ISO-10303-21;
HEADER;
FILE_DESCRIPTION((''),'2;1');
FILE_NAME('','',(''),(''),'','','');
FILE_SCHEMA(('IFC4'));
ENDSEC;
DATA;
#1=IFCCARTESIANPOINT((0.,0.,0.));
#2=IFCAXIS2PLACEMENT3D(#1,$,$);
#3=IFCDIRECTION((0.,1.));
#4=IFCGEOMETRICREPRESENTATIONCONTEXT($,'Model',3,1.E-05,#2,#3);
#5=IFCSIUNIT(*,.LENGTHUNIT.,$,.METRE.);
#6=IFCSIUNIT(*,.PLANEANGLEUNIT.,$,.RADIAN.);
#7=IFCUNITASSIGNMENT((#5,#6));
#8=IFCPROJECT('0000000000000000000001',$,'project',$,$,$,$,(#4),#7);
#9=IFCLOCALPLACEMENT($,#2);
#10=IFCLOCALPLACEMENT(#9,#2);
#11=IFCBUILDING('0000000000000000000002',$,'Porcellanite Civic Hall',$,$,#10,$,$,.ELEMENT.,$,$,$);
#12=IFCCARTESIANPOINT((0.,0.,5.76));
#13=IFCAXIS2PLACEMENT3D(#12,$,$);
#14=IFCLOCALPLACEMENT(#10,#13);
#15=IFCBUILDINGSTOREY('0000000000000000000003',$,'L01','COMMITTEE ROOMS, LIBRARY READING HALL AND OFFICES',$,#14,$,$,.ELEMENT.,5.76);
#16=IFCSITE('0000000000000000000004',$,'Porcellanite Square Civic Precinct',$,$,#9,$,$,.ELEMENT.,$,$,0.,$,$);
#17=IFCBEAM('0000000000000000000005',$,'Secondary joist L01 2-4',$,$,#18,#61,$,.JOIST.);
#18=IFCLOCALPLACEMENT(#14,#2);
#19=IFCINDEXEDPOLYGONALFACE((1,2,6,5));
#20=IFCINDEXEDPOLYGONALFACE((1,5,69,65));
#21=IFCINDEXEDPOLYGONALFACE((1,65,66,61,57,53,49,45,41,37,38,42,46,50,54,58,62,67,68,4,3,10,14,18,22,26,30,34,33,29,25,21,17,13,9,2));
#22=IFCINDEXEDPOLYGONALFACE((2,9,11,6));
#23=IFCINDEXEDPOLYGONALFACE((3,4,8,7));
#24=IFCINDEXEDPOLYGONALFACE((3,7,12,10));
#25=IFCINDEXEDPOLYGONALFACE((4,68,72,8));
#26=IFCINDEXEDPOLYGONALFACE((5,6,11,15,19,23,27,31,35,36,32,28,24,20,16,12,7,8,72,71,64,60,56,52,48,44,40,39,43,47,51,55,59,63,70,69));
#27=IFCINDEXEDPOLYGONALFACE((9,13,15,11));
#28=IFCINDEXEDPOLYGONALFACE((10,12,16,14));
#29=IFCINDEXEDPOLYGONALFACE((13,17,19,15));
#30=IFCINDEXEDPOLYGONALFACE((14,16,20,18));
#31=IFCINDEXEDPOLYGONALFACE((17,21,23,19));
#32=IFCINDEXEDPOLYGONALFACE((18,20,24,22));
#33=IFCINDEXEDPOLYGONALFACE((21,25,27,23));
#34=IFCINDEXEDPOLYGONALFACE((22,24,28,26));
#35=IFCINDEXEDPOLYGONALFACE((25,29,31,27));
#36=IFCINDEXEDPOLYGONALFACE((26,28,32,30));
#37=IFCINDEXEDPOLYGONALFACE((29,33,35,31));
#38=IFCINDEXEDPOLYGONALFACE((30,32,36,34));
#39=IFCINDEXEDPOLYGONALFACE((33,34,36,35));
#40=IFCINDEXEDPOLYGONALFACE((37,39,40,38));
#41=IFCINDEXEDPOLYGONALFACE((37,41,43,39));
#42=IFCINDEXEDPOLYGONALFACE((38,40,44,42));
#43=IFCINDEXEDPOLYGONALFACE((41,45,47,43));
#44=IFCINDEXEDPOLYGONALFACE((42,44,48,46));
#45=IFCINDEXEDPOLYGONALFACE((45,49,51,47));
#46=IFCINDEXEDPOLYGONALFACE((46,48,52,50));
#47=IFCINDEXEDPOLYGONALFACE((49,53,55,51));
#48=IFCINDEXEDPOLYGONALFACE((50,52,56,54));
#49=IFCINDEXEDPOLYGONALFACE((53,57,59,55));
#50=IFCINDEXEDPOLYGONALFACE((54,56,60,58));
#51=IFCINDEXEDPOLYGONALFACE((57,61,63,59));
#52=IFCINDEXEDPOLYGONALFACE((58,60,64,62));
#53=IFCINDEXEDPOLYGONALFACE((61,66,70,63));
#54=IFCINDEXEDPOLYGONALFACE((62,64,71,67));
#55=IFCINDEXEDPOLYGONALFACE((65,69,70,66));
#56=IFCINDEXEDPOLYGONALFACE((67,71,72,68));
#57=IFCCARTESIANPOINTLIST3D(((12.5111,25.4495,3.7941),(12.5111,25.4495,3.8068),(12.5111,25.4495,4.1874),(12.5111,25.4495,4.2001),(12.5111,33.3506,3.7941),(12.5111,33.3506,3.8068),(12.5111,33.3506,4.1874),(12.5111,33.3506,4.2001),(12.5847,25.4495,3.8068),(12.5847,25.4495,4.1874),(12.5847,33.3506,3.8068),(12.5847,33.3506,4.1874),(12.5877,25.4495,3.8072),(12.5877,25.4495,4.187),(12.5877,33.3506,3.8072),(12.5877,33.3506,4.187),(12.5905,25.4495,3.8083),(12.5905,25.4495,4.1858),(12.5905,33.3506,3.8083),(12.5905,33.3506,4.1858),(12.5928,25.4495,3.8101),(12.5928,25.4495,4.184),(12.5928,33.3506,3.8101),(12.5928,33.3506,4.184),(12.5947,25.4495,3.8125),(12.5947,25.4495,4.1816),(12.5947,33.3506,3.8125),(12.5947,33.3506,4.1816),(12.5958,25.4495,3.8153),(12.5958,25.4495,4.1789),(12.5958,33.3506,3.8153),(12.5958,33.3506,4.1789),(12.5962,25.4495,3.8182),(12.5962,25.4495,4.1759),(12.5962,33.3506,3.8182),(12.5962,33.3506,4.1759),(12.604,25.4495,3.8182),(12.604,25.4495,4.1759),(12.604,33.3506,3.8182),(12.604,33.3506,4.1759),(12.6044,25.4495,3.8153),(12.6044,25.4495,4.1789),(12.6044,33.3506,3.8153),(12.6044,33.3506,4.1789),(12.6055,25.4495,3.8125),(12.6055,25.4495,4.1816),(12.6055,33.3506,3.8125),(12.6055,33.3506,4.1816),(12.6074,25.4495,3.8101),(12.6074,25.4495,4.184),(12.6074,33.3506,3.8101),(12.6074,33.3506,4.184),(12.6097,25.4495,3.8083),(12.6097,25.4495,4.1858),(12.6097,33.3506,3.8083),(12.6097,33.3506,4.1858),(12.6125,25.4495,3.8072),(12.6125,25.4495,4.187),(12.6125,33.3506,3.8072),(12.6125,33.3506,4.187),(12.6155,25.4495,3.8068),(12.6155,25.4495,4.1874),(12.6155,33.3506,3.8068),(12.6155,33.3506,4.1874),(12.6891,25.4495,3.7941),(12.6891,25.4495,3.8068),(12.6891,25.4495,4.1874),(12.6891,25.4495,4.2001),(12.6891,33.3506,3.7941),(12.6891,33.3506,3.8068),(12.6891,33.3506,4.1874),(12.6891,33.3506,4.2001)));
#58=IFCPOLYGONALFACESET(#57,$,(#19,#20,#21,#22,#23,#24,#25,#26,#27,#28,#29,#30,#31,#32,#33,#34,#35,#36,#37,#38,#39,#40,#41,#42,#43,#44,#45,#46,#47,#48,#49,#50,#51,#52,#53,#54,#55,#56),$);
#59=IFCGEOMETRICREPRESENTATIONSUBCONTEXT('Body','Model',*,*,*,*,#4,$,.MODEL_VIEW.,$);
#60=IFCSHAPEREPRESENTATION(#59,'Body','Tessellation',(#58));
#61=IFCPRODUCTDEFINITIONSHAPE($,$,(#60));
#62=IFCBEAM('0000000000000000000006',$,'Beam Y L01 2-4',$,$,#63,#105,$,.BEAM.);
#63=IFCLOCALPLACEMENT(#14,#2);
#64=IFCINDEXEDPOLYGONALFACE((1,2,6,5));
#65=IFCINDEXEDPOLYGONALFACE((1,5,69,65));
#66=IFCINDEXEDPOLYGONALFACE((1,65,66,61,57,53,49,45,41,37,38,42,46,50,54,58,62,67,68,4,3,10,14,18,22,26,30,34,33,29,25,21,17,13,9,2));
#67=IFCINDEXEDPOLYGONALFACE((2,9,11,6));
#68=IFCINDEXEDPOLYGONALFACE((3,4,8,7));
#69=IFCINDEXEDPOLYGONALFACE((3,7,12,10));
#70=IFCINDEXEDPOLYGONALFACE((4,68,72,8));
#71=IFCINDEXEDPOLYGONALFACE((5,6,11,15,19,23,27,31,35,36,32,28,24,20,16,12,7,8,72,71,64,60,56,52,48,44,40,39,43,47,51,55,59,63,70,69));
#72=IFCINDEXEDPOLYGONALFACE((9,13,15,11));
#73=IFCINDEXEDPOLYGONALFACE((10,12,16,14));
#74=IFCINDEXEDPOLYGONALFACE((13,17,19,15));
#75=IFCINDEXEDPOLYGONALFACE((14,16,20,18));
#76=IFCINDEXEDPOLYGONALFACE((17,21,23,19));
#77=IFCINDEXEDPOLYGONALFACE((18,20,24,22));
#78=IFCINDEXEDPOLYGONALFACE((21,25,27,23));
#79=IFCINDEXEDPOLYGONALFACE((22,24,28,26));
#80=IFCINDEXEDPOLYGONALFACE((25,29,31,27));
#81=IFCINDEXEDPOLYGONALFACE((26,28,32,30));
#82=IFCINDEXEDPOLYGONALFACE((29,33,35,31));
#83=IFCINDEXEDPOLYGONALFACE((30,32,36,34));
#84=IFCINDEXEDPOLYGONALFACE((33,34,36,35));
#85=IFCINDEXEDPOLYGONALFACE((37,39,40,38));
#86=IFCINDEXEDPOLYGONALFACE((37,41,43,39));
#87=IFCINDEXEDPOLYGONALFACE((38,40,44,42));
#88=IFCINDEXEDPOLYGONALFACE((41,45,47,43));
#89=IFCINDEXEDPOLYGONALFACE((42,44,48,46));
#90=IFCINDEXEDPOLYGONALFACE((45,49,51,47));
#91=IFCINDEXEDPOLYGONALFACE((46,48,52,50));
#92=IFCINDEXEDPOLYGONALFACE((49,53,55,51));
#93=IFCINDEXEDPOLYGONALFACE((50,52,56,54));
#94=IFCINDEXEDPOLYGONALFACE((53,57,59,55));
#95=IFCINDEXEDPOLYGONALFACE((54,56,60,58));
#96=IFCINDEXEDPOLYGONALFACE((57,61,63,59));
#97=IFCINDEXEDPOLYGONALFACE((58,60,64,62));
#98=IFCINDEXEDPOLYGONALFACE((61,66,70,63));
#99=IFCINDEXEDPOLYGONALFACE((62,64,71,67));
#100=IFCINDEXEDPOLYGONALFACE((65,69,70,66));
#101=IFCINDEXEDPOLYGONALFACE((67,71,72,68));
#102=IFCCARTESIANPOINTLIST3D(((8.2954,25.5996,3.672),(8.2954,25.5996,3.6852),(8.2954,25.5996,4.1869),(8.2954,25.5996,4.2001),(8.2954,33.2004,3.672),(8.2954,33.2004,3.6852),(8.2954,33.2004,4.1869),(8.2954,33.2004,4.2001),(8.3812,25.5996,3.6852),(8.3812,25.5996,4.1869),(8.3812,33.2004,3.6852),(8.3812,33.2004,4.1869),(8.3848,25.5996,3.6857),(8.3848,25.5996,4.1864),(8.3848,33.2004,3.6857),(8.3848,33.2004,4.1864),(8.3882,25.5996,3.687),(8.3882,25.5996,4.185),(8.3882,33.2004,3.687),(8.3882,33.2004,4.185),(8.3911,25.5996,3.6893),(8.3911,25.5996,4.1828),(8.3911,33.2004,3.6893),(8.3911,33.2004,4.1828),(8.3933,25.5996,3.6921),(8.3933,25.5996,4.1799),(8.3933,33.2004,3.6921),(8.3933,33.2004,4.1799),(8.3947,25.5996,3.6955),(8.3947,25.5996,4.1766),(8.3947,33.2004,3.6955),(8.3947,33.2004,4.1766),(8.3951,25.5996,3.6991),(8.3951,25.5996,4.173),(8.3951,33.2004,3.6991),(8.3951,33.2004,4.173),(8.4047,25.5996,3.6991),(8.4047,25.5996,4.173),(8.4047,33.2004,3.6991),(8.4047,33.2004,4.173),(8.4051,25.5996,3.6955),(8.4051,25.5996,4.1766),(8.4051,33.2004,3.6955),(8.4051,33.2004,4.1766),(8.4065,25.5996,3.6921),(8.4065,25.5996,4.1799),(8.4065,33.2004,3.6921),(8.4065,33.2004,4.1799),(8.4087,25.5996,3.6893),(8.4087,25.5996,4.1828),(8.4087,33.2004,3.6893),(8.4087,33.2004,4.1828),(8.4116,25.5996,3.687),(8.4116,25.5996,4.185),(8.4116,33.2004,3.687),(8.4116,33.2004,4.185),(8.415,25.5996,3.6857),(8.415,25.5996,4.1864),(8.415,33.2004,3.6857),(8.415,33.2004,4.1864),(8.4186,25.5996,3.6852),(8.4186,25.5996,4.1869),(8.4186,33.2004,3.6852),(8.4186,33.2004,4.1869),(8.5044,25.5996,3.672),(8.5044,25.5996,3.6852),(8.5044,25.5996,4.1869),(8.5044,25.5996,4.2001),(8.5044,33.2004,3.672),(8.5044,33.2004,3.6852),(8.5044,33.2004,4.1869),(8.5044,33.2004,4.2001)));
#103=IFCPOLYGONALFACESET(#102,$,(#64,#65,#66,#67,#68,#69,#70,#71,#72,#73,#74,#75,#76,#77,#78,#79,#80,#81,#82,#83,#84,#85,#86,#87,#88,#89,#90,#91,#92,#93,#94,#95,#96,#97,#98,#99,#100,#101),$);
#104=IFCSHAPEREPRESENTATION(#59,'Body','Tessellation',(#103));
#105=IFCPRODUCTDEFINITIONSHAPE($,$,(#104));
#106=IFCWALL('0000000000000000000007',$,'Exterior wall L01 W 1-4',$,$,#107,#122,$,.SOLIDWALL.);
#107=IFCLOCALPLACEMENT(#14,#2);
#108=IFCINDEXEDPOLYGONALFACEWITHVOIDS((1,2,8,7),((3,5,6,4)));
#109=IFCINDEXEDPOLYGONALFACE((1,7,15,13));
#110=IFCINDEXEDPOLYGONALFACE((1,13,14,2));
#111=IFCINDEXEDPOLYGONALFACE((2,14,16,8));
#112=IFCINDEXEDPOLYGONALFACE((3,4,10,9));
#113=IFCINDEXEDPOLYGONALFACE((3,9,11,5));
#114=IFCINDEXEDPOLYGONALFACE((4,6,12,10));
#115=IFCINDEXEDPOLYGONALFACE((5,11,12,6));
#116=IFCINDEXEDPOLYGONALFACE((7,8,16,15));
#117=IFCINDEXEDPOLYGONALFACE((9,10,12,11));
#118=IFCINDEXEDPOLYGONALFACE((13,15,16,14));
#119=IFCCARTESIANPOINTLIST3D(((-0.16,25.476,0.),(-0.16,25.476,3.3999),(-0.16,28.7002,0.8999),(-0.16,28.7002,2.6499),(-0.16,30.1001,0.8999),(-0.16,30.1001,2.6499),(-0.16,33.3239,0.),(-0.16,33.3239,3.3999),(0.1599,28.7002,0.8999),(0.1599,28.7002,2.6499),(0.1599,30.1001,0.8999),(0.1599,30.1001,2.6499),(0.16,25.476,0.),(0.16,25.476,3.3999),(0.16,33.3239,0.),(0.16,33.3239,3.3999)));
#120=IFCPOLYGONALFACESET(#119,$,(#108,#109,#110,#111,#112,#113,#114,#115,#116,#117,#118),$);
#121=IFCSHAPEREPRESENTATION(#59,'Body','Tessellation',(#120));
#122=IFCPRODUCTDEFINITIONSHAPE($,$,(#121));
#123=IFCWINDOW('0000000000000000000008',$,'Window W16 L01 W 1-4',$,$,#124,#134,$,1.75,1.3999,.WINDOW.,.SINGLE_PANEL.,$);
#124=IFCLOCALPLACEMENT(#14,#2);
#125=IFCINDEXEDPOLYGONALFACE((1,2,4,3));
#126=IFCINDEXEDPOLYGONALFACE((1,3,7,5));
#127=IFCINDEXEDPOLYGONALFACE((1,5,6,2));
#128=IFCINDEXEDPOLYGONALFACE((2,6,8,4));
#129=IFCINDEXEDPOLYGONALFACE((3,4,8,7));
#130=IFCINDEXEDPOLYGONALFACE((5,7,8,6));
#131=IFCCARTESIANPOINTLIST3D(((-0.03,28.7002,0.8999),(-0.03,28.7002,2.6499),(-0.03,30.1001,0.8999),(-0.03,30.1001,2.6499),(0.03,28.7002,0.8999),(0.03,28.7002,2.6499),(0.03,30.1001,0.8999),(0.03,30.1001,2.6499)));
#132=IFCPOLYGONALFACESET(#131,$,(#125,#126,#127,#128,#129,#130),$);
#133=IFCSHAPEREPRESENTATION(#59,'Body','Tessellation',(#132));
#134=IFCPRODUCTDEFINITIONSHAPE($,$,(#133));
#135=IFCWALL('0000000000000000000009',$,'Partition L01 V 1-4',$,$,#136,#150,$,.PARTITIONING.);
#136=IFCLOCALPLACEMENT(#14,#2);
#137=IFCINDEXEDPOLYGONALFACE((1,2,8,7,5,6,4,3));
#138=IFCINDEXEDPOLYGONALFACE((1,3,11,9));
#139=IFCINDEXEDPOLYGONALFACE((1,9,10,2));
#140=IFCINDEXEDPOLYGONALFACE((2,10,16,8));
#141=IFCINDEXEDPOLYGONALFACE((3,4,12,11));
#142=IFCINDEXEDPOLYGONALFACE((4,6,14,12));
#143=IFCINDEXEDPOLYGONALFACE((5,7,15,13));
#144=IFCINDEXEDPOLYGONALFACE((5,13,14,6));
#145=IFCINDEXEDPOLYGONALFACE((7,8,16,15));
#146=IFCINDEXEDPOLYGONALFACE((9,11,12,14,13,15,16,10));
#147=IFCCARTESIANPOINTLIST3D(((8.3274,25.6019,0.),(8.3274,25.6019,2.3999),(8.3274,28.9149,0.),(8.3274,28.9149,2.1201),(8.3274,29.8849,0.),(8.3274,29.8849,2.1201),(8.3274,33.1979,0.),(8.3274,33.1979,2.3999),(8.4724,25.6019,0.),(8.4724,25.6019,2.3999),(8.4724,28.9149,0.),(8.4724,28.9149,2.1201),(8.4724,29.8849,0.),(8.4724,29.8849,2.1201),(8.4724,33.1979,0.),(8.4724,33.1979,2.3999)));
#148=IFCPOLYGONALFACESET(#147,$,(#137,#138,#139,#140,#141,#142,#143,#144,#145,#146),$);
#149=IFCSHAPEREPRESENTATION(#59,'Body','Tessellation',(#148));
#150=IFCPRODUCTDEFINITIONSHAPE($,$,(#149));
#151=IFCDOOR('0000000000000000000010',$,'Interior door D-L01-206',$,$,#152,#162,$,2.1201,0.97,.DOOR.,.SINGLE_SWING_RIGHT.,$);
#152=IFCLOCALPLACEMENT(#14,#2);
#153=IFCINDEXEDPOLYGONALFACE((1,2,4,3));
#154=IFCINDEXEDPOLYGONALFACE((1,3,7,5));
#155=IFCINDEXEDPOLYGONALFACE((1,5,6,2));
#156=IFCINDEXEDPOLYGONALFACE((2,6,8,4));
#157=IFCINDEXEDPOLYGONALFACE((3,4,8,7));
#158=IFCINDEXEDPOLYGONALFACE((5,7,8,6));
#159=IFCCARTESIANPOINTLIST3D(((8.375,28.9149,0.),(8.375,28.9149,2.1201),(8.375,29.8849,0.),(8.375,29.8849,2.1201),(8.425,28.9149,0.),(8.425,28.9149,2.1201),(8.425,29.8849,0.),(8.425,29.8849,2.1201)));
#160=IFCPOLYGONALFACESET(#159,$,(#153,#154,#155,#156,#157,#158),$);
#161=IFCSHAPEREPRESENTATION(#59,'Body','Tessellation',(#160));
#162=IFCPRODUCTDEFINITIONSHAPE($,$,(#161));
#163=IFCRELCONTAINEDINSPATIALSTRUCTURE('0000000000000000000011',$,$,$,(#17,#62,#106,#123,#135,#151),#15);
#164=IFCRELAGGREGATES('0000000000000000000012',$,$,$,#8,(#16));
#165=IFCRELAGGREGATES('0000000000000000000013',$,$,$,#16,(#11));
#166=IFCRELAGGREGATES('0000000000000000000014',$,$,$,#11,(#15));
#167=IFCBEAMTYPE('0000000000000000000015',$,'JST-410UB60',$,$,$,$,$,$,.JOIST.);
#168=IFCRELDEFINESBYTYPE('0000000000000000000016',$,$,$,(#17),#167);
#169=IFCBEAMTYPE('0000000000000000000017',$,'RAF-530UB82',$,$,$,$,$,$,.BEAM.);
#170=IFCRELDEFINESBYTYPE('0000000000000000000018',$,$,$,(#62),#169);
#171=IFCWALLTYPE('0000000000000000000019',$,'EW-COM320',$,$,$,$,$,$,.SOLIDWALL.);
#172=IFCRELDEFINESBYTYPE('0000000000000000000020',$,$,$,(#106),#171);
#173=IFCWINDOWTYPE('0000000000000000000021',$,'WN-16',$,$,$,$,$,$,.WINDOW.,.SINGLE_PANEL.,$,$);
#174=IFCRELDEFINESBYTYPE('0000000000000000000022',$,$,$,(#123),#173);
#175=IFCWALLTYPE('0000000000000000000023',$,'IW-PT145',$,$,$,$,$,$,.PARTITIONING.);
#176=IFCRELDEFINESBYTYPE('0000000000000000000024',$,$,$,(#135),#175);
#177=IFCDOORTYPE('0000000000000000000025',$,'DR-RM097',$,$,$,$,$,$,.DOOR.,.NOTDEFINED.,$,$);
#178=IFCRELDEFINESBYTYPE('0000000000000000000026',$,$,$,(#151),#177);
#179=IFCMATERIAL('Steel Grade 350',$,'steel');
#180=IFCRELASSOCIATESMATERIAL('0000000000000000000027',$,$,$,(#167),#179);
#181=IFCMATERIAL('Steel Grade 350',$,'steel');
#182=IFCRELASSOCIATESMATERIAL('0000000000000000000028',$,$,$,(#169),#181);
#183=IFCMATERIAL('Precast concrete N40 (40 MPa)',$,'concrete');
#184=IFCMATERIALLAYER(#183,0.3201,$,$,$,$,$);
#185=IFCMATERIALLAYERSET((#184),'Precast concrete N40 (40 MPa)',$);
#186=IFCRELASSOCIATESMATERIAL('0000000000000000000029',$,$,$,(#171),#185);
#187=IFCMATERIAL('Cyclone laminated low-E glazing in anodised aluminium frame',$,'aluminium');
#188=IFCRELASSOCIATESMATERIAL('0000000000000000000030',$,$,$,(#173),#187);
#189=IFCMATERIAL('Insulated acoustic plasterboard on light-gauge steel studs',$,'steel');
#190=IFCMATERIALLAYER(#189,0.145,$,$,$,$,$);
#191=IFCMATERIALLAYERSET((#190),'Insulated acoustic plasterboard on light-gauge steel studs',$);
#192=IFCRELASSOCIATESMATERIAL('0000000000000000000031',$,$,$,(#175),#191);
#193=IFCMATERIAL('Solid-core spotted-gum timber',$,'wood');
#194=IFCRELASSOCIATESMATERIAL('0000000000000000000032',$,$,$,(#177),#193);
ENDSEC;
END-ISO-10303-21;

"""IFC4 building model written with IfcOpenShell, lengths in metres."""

from ifc_helpers import new_model, si_unit, direction, frame, frame_2d, origin, origin_2d, place, context, subcontext, project, spatial, rectangle, i_section, extrude, material, layer, layer_set, material_profile, profile_set, type_object, element, fill, save


model = new_model("IFC4")

# Units and contexts
model_context = context("Model", 3, precision=1e-05, world=origin(), true_north=direction((0.0, 1.0)))
body_context = subcontext(model_context, "Body", "Model", "MODEL_VIEW")
ifc_project = project(units=[si_unit("LENGTHUNIT", "METRE"), si_unit("PLANEANGLEUNIT", "RADIAN")], contexts=[model_context])

# Site, building, storey
site_placement = place(None, origin())
site = spatial("IfcSite", under=ifc_project, at=site_placement, Name="Porcellanite Square Civic Precinct", CompositionType="ELEMENT", RefElevation=0.0)
building_placement = place(site_placement, origin())
building = spatial("IfcBuilding", under=site, at=building_placement, Name="Porcellanite Civic Hall", CompositionType="ELEMENT")
storey_placement = place(building_placement, frame((0.0, 0.0, 5.76)))
storey = spatial("IfcBuildingStorey", under=building, at=storey_placement, Name="L01", Description="COMMITTEE ROOMS, LIBRARY READING HALL AND OFFICES", CompositionType="ELEMENT", Elevation=5.76)

# Beams
ifc_material_1 = material(Name="Steel Grade 350", Category="steel")
ifc_material_profile_1 = material_profile(ifc_material_1, i_section(OverallWidth=0.178, OverallDepth=0.406, WebThickness=0.0078, FlangeThickness=0.0127, FilletRadius=0.0115, at=origin_2d()), Name="410UB59.7")
ifc_profile_set_1 = profile_set([ifc_material_profile_1], Name="Steel Grade 350")
beam_type_1 = type_object("IfcBeamType", Name="JST-410UB60", PredefinedType="JOIST", material=ifc_profile_set_1)
beam_1_placement = place(storey_placement, frame((12.6001, 25.4495, 3.9971), z_axis=(0.0, 1.0, 0.0), x_axis=(-1.0, 0.0, 0.0)))
element("IfcBeam", 1, at=beam_1_placement, inside=storey, type_object=beam_type_1, Name="Secondary joist L01 2-4", PredefinedType="JOIST", context=body_context, shape_type="SweptSolid", body=[
    extrude(i_section(OverallWidth=0.178, OverallDepth=0.406, WebThickness=0.0078, FlangeThickness=0.0127, FilletRadius=0.0115, at=origin_2d()), origin(), (0.0, 0.0, 1.0), 7.9011),
])
ifc_material_2 = material(Name="Steel Grade 350", Category="steel")
ifc_material_profile_2 = material_profile(ifc_material_2, i_section(OverallWidth=0.209, OverallDepth=0.5281, WebThickness=0.0095, FlangeThickness=0.0132, FilletRadius=0.0139, at=origin_2d()), Name="530UB82.0")
ifc_profile_set_2 = profile_set([ifc_material_profile_2], Name="Steel Grade 350")
beam_type_2 = type_object("IfcBeamType", Name="RAF-530UB82", PredefinedType="BEAM", material=ifc_profile_set_2)
beam_2_placement = place(storey_placement, frame((8.3999, 25.5996, 3.936), z_axis=(0.0, 1.0, 0.0), x_axis=(-1.0, 0.0, 0.0)))
element("IfcBeam", 2, at=beam_2_placement, inside=storey, type_object=beam_type_2, Name="Beam Y L01 2-4", PredefinedType="BEAM", context=body_context, shape_type="SweptSolid", body=[
    extrude(i_section(OverallWidth=0.209, OverallDepth=0.5281, WebThickness=0.0095, FlangeThickness=0.0132, FilletRadius=0.0139, at=origin_2d()), origin(), (0.0, 0.0, 1.0), 7.6008),
])

# Wall, opening, window
ifc_material_3 = material(Name="Precast concrete N40 (40 MPa)", Category="concrete")
ifc_layer_1 = layer(ifc_material_3, 0.3201)
ifc_layer_set_1 = layer_set([ifc_layer_1], Name="Precast concrete N40 (40 MPa)")
wall_type_1 = type_object("IfcWallType", Name="EW-COM320", PredefinedType="SOLIDWALL", material=ifc_layer_set_1)
wall_1_placement = place(storey_placement, frame((0.0, 25.4761, 0.0), z_axis=(0.0, 0.0, 1.0), x_axis=(0.0, 1.0, 0.0)))
wall_1 = element("IfcWall", 3, at=wall_1_placement, inside=storey, type_object=wall_type_1, Name="Exterior wall L01 W 1-4", PredefinedType="SOLIDWALL", context=body_context, shape_type="SweptSolid", body=[
    extrude(rectangle(XDim=7.8479, YDim=0.3201, at=frame_2d((3.9238, 0.0))), origin(), (0.0, 0.0, 1.0), 3.3999),
])
opening_1_placement = place(wall_1_placement, frame((3.2241, 0.0, 0.8999)))
opening_1 = element("IfcOpeningElement", 4, at=opening_1_placement, cuts=wall_1, PredefinedType="OPENING", context=body_context, shape_type="SweptSolid", body=[
    extrude(rectangle(XDim=1.3999, YDim=1.75, at=frame_2d((0.7, 0.875))), frame((0.0, 0.1602, 0.0), z_axis=(0.0, -1.0, 0.0), x_axis=(1.0, 0.0, 0.0)), (0.0, 0.0, 1.0), 0.3201),
])
ifc_material_4 = material(Name="Cyclone laminated low-E glazing in anodised aluminium frame", Category="aluminium")
window_type = type_object("IfcWindowType", Name="WN-16", PartitioningType="SINGLE_PANEL", PredefinedType="WINDOW", material=ifc_material_4)
window_placement = place(opening_1_placement, origin())
window = element("IfcWindow", 5, at=window_placement, inside=storey, type_object=window_type, Name="Window W16 L01 W 1-4", OverallHeight=1.75, OverallWidth=1.3999, PartitioningType="SINGLE_PANEL", PredefinedType="WINDOW", context=body_context, shape_type="SweptSolid", body=[
    extrude(rectangle(XDim=1.3999, YDim=1.75, at=frame_2d((0.7, 0.875))), frame((0.0, 0.03, 0.0), z_axis=(0.0, -1.0, 0.0), x_axis=(1.0, 0.0, 0.0)), (0.0, 0.0, 1.0), 0.0601),
])
fill(opening_1, window)

# Wall, opening, door
ifc_material_5 = material(Name="Insulated acoustic plasterboard on light-gauge steel studs", Category="steel")
ifc_layer_2 = layer(ifc_material_5, 0.145)
ifc_layer_set_2 = layer_set([ifc_layer_2], Name="Insulated acoustic plasterboard on light-gauge steel studs")
wall_type_2 = type_object("IfcWallType", Name="IW-PT145", PredefinedType="PARTITIONING", material=ifc_layer_set_2)
wall_2_placement = place(storey_placement, frame((8.3999, 25.6021, 0.0), z_axis=(0.0, 0.0, 1.0), x_axis=(0.0, 1.0, 0.0)))
wall_2 = element("IfcWall", 6, at=wall_2_placement, inside=storey, type_object=wall_type_2, Name="Partition L01 V 1-4", PredefinedType="PARTITIONING", context=body_context, shape_type="SweptSolid", body=[
    extrude(rectangle(XDim=7.5959, YDim=0.145, at=frame_2d((3.7979, 0.0))), origin(), (0.0, 0.0, 1.0), 2.3999),
])
opening_2_placement = place(wall_2_placement, frame((3.313, 0.0, 0.0)))
opening_2 = element("IfcOpeningElement", 7, at=opening_2_placement, cuts=wall_2, PredefinedType="OPENING", context=body_context, shape_type="SweptSolid", body=[
    extrude(rectangle(XDim=0.97, YDim=2.1201, at=frame_2d((0.4849, 1.0601))), frame((0.0, 0.0725, 0.0), z_axis=(0.0, -1.0, 0.0), x_axis=(1.0, 0.0, 0.0)), (0.0, 0.0, 1.0), 0.145),
])
ifc_material_6 = material(Name="Solid-core spotted-gum timber", Category="wood")
door_type_1 = type_object("IfcDoorType", Name="DR-RM097", OperationType="NOTDEFINED", PredefinedType="DOOR", material=ifc_material_6)
door_1_placement = place(opening_2_placement, origin())
door_1 = element("IfcDoor", 8, at=door_1_placement, inside=storey, type_object=door_type_1, Name="Interior door D-L01-206", OperationType="SINGLE_SWING_RIGHT", OverallHeight=2.1201, OverallWidth=0.97, PredefinedType="DOOR", context=body_context, shape_type="SweptSolid", body=[
    extrude(rectangle(XDim=0.97, YDim=2.1201, at=frame_2d((0.4849, 1.0601))), frame((0.0, 0.0249, 0.0), z_axis=(0.0, -1.0, 0.0), x_axis=(1.0, 0.0, 0.0)), (0.0, 0.0, 1.0), 0.05),
])
fill(opening_2, door_1)

save(model, "model.ifc")
